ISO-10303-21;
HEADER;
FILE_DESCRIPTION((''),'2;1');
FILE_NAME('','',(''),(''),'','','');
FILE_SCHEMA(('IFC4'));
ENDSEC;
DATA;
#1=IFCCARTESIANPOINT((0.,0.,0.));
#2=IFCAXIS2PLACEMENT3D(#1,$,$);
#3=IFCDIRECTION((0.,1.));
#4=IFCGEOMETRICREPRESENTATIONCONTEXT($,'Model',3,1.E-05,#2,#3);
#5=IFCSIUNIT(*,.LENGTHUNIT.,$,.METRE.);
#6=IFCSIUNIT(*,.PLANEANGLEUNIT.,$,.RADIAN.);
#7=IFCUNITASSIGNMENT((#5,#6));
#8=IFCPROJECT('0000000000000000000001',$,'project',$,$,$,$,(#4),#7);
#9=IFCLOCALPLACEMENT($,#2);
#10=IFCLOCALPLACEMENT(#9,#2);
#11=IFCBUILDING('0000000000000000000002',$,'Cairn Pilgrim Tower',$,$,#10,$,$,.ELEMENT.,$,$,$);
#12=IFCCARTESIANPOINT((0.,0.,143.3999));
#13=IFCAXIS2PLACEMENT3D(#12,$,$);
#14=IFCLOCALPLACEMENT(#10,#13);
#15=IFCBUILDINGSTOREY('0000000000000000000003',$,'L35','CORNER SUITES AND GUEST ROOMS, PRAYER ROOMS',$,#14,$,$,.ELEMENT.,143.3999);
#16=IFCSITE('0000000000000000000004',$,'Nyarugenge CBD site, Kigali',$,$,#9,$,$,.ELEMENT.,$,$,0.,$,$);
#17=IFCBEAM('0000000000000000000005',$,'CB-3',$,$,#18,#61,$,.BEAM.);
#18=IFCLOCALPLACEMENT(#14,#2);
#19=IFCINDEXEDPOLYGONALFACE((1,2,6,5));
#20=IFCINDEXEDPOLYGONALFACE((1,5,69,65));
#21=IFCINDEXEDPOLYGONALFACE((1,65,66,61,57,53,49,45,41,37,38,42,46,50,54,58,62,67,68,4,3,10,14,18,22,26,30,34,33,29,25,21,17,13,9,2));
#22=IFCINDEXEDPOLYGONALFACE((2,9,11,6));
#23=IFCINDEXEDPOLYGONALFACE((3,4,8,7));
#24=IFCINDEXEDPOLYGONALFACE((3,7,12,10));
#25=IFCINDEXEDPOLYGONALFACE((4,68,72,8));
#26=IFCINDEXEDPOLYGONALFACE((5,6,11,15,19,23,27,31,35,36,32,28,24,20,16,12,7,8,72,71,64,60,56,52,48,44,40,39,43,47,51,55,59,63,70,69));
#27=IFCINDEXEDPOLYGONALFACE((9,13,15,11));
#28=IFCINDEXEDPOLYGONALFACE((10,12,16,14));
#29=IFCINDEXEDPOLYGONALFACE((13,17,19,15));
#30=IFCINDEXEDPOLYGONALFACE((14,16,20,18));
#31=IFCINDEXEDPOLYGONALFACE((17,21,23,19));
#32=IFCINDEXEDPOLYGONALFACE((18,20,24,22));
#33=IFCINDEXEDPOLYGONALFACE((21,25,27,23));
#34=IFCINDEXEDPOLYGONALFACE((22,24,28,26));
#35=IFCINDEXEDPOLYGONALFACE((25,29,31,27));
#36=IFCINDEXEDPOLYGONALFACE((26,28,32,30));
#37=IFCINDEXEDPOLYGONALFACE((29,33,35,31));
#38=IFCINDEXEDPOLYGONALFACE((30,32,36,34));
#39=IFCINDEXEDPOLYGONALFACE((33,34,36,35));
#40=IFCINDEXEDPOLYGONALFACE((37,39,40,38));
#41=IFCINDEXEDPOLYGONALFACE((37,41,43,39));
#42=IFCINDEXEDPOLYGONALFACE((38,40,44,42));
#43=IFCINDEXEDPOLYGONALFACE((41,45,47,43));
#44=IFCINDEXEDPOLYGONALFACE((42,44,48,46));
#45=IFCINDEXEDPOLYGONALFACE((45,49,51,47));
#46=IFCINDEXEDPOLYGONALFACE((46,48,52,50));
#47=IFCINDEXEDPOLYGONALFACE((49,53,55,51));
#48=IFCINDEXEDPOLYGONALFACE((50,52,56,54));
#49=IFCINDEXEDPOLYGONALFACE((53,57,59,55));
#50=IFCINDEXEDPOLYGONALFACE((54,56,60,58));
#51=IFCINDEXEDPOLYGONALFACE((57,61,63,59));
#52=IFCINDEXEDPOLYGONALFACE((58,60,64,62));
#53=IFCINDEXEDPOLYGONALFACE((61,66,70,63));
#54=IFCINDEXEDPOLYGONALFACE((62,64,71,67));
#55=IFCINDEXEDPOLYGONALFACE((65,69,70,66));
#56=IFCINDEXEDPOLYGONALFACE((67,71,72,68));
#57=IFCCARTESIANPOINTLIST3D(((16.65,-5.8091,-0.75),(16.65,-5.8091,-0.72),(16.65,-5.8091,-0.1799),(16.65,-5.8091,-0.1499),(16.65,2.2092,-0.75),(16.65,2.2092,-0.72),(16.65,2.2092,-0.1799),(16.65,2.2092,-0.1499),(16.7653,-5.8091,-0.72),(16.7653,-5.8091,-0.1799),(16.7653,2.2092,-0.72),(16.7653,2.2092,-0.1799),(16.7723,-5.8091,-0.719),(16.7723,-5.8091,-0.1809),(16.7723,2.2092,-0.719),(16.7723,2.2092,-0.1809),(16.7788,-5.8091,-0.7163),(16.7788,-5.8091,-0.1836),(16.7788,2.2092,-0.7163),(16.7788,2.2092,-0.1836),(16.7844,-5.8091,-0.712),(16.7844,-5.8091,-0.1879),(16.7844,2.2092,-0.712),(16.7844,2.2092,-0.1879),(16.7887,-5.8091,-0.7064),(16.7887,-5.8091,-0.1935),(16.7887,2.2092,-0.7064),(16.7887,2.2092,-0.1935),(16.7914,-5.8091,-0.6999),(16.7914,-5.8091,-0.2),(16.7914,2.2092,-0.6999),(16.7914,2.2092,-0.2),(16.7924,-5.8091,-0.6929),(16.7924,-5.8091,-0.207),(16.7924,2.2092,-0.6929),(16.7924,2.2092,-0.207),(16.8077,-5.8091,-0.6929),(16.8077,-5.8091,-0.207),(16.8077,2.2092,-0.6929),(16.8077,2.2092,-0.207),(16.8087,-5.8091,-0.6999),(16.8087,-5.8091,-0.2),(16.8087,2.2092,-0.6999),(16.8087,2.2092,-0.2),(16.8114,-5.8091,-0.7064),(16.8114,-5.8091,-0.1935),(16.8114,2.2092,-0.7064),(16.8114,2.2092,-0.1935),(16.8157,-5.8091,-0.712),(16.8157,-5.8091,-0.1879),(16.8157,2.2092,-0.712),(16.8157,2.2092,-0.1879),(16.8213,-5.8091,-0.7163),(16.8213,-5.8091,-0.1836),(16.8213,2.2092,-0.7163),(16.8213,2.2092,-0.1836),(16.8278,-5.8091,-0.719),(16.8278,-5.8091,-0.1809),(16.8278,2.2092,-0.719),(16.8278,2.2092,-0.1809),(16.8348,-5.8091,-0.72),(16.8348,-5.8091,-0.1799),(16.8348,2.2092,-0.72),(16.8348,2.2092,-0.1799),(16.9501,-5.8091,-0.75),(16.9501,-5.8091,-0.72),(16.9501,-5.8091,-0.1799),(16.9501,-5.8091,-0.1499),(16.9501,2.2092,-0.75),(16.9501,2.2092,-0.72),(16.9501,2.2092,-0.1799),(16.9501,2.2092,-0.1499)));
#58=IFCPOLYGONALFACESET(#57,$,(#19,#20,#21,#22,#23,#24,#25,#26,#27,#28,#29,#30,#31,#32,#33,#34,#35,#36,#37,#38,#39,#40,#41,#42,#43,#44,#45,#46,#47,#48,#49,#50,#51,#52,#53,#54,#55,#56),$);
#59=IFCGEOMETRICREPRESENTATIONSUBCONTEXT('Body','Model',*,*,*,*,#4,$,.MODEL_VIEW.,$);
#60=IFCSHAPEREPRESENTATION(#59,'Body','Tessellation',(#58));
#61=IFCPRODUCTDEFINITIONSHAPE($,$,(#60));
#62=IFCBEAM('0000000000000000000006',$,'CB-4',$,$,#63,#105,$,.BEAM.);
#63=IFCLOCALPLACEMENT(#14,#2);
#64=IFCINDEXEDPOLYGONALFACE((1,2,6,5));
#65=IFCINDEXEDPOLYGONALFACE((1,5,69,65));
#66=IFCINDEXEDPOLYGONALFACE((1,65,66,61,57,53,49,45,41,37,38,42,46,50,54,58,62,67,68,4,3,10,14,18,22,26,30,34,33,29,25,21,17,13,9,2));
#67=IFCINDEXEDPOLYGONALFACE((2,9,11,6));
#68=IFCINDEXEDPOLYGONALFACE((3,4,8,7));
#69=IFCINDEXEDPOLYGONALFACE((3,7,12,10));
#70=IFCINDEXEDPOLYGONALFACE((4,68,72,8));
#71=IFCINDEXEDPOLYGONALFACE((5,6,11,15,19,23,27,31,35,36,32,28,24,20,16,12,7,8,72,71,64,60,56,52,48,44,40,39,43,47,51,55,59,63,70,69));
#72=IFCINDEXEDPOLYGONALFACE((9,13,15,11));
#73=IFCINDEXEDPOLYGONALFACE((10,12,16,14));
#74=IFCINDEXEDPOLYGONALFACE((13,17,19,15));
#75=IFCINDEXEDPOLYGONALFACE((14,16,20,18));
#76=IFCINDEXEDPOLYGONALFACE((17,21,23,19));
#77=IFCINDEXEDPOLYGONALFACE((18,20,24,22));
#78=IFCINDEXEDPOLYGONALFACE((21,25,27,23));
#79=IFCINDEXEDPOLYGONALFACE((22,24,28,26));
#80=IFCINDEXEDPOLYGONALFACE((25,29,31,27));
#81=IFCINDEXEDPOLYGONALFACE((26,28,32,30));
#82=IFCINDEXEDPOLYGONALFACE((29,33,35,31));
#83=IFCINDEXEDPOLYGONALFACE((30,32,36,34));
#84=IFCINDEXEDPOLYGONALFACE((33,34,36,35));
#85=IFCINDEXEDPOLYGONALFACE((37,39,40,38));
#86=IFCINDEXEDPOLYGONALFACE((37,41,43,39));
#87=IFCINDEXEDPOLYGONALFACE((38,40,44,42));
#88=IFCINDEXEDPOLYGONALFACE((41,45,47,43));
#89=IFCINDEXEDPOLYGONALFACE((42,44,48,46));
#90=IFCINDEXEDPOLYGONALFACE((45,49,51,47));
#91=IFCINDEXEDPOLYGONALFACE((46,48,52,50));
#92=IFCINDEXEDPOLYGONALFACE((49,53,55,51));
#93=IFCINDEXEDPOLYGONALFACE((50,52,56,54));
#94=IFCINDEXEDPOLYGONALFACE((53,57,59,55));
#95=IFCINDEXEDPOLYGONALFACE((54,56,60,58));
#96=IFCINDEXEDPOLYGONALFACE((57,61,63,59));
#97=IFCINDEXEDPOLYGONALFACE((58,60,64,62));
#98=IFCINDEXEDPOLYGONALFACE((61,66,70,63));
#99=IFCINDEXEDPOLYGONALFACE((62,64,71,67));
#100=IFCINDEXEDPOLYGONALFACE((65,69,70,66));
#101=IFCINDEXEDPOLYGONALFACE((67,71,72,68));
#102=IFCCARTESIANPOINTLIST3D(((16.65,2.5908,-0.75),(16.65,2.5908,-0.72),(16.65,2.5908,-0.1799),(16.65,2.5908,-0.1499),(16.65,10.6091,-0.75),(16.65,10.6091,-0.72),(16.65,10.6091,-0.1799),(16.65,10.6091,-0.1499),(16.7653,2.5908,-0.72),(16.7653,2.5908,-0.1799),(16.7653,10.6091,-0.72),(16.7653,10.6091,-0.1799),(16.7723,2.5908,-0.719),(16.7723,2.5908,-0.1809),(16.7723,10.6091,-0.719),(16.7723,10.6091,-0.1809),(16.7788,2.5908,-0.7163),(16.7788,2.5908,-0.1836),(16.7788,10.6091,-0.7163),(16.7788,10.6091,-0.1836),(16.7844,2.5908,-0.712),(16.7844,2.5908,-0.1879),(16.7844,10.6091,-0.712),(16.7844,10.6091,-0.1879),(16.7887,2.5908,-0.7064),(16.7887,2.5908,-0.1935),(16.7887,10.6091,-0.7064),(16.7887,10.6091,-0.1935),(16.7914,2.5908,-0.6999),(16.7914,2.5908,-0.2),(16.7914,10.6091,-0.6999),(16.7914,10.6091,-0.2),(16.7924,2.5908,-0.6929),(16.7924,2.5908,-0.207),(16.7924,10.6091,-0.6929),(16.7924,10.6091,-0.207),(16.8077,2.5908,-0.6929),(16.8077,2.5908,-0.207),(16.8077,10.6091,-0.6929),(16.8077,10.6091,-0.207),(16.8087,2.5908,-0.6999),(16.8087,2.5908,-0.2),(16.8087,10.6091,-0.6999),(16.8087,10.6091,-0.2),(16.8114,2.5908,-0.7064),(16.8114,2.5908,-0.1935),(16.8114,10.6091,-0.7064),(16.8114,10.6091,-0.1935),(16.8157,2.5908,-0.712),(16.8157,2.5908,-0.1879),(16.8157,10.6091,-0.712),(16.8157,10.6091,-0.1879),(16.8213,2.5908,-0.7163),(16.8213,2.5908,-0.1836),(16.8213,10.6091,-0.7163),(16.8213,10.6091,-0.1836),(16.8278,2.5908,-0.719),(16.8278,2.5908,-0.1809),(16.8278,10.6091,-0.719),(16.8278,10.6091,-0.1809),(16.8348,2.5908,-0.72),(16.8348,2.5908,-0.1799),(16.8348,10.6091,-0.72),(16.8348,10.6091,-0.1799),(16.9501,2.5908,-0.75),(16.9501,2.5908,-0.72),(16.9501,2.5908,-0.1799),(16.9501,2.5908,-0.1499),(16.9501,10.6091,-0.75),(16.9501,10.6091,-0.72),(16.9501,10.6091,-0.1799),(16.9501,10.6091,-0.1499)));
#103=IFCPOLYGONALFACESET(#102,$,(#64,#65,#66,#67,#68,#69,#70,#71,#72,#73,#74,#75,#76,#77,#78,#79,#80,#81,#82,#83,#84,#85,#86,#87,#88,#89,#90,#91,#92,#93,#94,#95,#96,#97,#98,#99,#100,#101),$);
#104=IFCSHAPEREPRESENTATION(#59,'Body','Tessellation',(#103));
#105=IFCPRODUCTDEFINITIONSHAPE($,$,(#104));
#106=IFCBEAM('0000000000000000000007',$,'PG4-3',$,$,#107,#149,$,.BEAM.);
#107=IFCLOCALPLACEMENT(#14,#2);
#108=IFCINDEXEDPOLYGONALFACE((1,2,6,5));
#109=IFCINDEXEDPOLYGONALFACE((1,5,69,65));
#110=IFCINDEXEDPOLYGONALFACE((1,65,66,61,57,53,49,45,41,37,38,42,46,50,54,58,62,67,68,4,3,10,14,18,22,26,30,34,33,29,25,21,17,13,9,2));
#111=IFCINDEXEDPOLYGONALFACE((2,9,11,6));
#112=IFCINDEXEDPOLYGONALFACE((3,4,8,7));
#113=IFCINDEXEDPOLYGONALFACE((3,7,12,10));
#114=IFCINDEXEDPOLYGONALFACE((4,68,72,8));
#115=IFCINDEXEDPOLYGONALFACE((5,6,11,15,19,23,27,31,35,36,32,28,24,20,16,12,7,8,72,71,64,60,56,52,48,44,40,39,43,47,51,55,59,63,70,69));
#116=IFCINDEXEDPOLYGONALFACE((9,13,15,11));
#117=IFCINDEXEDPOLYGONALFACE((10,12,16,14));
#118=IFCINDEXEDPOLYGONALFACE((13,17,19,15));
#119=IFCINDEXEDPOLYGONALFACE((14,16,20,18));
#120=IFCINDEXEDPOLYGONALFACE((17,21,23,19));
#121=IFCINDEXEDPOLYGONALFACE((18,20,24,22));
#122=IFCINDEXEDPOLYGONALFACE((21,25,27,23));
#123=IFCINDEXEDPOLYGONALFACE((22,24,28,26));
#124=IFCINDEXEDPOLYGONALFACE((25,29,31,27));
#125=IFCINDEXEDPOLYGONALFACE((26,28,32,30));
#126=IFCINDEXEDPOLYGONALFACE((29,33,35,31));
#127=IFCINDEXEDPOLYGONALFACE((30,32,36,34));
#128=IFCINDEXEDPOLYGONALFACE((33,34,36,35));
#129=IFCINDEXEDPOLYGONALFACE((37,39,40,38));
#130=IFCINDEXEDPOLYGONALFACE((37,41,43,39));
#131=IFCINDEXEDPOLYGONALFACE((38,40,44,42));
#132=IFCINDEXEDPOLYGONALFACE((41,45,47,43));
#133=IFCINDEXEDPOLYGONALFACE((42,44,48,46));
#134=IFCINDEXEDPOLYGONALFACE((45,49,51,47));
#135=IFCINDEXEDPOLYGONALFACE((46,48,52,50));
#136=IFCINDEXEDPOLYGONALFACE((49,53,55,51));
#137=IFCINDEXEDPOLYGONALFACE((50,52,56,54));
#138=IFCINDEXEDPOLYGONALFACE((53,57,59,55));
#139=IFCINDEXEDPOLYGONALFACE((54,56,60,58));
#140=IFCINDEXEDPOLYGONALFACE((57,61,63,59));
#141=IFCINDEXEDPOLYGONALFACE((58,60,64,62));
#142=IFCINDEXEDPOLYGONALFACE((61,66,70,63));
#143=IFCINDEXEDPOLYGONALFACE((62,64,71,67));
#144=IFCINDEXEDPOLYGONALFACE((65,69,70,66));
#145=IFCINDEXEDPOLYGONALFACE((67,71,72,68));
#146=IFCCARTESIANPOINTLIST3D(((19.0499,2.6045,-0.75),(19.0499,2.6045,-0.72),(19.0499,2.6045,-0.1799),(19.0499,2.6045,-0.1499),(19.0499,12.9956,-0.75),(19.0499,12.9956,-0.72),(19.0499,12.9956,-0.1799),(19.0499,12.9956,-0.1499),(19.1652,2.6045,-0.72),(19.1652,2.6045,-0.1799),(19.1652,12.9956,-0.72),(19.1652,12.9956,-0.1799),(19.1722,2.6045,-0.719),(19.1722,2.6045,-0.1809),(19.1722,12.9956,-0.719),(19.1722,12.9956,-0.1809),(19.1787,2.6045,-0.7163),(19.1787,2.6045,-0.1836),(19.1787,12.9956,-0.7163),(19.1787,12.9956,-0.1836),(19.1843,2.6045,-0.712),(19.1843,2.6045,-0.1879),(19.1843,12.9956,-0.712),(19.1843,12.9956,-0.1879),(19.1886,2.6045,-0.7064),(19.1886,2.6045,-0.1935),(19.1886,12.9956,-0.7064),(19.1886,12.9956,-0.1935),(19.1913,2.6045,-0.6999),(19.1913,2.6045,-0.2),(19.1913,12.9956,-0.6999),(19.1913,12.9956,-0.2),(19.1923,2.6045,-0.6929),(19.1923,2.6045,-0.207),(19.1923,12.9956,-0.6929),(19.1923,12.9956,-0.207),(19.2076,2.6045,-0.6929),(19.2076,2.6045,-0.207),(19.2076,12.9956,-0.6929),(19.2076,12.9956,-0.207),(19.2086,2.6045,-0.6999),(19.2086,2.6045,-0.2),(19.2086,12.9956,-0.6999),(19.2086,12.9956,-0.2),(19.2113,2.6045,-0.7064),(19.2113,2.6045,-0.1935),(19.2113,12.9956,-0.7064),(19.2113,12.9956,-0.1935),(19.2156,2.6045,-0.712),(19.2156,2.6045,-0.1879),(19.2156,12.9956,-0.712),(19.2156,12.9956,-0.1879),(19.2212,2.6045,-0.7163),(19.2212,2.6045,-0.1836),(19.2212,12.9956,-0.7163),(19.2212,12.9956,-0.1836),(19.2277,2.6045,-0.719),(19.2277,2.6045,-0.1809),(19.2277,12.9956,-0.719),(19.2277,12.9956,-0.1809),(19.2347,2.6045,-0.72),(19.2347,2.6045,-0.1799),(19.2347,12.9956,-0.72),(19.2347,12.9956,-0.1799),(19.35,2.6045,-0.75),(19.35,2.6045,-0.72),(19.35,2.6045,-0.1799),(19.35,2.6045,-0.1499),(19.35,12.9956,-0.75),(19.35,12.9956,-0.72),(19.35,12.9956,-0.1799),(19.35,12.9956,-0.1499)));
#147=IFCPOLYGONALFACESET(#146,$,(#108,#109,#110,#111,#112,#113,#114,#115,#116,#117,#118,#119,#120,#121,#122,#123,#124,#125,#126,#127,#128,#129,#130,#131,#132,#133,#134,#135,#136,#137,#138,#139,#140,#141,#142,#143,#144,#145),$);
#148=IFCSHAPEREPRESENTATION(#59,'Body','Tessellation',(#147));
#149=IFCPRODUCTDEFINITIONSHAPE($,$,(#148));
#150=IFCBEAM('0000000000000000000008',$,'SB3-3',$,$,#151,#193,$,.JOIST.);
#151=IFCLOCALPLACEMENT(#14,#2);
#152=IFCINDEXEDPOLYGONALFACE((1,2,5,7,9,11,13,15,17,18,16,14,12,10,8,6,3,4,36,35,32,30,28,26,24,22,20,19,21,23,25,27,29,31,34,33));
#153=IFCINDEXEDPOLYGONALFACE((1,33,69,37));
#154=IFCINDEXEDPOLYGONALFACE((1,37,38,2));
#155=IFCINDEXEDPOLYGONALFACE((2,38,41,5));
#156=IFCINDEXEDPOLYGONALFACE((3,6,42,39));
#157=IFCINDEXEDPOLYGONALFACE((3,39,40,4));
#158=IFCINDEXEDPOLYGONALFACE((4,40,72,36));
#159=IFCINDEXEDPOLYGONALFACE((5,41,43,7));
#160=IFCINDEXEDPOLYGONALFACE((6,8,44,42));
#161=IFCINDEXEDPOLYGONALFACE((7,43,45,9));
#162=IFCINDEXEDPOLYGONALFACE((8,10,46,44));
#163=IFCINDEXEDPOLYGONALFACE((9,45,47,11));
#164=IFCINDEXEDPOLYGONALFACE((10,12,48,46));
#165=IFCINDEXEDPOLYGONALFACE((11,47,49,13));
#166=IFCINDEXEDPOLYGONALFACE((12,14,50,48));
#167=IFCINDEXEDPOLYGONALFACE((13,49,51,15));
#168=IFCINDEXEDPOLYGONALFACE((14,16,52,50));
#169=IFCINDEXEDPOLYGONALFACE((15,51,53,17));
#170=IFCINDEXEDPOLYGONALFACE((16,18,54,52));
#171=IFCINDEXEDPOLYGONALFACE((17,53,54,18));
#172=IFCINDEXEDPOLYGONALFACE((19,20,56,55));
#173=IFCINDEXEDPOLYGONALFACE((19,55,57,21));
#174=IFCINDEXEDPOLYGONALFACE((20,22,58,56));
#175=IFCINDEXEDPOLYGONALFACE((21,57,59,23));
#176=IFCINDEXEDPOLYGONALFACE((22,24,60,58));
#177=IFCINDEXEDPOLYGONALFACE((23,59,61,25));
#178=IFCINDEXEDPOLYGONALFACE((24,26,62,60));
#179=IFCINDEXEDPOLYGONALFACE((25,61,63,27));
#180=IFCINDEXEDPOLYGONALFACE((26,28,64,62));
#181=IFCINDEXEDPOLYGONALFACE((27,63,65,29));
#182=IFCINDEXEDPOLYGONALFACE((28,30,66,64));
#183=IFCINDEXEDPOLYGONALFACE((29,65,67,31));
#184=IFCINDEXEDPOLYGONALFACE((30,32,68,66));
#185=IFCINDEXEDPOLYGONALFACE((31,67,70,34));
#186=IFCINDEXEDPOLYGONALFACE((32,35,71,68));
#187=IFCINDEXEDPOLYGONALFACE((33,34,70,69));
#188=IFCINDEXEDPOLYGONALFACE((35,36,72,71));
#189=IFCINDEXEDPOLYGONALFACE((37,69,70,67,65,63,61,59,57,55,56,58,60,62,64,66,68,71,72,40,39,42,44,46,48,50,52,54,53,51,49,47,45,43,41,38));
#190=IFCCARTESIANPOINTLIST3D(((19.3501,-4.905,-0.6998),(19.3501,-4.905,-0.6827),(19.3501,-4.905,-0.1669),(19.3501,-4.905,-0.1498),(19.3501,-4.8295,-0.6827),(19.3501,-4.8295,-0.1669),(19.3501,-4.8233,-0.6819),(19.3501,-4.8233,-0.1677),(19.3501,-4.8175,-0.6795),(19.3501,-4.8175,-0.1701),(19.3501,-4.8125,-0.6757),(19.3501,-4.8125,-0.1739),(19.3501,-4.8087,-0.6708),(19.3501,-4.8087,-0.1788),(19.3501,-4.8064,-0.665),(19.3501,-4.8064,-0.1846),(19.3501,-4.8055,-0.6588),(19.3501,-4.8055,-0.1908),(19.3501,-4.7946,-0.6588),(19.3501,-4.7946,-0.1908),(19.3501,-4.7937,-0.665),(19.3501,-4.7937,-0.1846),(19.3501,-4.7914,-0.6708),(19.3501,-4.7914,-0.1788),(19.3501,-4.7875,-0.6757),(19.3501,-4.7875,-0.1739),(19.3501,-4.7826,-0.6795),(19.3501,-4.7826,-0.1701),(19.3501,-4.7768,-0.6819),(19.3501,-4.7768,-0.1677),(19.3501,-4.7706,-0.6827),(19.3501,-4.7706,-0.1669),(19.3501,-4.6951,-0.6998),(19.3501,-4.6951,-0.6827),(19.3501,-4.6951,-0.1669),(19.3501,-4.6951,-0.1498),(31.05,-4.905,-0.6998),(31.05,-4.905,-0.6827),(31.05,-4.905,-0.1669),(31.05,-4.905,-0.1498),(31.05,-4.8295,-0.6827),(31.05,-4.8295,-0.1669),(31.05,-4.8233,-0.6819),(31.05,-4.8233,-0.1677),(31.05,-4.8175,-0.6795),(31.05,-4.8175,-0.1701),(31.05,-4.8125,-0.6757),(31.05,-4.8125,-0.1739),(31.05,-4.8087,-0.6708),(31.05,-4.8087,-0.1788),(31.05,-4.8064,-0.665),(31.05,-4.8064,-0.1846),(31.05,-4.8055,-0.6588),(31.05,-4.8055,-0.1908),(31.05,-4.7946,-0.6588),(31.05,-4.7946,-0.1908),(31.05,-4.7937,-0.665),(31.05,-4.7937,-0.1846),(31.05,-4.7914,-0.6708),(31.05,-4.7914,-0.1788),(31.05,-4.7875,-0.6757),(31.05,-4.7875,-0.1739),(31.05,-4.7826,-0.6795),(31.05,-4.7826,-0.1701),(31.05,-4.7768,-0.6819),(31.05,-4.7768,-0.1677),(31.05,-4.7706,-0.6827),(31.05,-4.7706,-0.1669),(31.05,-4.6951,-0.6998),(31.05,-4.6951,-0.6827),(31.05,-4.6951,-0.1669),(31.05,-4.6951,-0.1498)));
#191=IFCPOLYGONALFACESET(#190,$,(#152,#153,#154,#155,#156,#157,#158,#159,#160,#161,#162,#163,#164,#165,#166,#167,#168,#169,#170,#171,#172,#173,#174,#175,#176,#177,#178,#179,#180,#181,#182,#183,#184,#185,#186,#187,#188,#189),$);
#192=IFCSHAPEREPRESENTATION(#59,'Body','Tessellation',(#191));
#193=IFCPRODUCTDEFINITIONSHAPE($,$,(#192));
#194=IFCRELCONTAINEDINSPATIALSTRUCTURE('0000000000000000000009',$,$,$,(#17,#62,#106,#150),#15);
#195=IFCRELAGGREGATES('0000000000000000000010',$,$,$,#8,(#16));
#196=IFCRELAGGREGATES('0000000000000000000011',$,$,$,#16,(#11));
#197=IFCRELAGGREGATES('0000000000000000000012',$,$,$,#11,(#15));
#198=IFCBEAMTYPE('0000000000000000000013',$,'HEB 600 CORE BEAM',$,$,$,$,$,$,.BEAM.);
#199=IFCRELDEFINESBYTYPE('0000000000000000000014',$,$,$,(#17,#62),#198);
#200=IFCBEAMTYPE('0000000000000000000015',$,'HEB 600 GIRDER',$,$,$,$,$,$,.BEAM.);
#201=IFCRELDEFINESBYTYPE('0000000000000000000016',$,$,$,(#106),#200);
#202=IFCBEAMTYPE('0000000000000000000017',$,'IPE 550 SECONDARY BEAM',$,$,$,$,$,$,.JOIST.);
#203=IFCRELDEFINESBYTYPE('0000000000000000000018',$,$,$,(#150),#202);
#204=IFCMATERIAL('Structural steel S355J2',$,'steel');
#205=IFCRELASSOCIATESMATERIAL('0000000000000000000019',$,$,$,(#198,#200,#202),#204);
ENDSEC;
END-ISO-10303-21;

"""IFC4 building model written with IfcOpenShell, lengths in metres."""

from ifc_helpers import new_model, si_unit, direction, frame, origin, origin_2d, place, context, subcontext, project, spatial, i_section, extrude, material, material_profile, profile_set, type_object, element, save


model = new_model("IFC4")

# Units and contexts
model_context = context("Model", 3, precision=1e-05, world=origin(), true_north=direction((0.0, 1.0)))
body_context = subcontext(model_context, "Body", "Model", "MODEL_VIEW")
ifc_project = project(units=[si_unit("LENGTHUNIT", "METRE"), si_unit("PLANEANGLEUNIT", "RADIAN")], contexts=[model_context])

# Site, building, storey
site_placement = place(None, origin())
site = spatial("IfcSite", under=ifc_project, at=site_placement, Name="Nyarugenge CBD site, Kigali", CompositionType="ELEMENT", RefElevation=0.0)
building_placement = place(site_placement, origin())
building = spatial("IfcBuilding", under=site, at=building_placement, Name="Cairn Pilgrim Tower", CompositionType="ELEMENT")
storey_placement = place(building_placement, frame((0.0, 0.0, 143.3999)))
storey = spatial("IfcBuildingStorey", under=building, at=storey_placement, Name="L35", Description="CORNER SUITES AND GUEST ROOMS, PRAYER ROOMS", CompositionType="ELEMENT", Elevation=143.3999)

# Beams
ifc_material_1 = material(Name="Structural steel S355J2", Category="steel")
ifc_material_profile_1 = material_profile(ifc_material_1, i_section(OverallWidth=0.3, OverallDepth=0.6001, WebThickness=0.0154, FlangeThickness=0.03, FilletRadius=0.0271, at=origin_2d()), Name="HEB 600")
ifc_profile_set_1 = profile_set([ifc_material_profile_1], Name="Structural steel S355J2")
beam_type_1 = type_object("IfcBeamType", Name="HEB 600 CORE BEAM", PredefinedType="BEAM", material=ifc_profile_set_1)
for number, where, z_axis, x_axis, name in (
    (1, (16.8, -5.8091, -0.45), (0.0, 1.0, 0.0), (-1.0, 0.0, 0.0), "CB-3"),
    (2, (16.8, 2.5908, -0.45), (0.0, 1.0, 0.0), (-1.0, 0.0, 0.0), "CB-4"),
):
    element("IfcBeam", number, at=place(storey_placement, frame(where, z_axis=z_axis, x_axis=x_axis)), inside=storey, type_object=beam_type_1, Name=name, PredefinedType="BEAM", context=body_context, shape_type="SweptSolid", body=[
        extrude(i_section(OverallWidth=0.3, OverallDepth=0.6001, WebThickness=0.0154, FlangeThickness=0.03, FilletRadius=0.0271, at=origin_2d()), origin(), (0.0, 0.0, 1.0), 8.0183),
    ])
ifc_material_profile_2 = material_profile(ifc_material_1, i_section(OverallWidth=0.3, OverallDepth=0.6001, WebThickness=0.0154, FlangeThickness=0.03, FilletRadius=0.0271, at=origin_2d()), Name="HEB 600")
ifc_profile_set_2 = profile_set([ifc_material_profile_2], Name="Structural steel S355J2")
beam_type_2 = type_object("IfcBeamType", Name="HEB 600 GIRDER", PredefinedType="BEAM", material=ifc_profile_set_2)
beam_1_placement = place(storey_placement, frame((19.2, 2.6045, -0.45), z_axis=(0.0, 1.0, 0.0), x_axis=(-1.0, 0.0, 0.0)))
element("IfcBeam", 3, at=beam_1_placement, inside=storey, type_object=beam_type_2, Name="PG4-3", PredefinedType="BEAM", context=body_context, shape_type="SweptSolid", body=[
    extrude(i_section(OverallWidth=0.3, OverallDepth=0.6001, WebThickness=0.0154, FlangeThickness=0.03, FilletRadius=0.0271, at=origin_2d()), origin(), (0.0, 0.0, 1.0), 10.3911),
])
ifc_material_profile_3 = material_profile(ifc_material_1, i_section(OverallWidth=0.21, OverallDepth=0.55, WebThickness=0.011, FlangeThickness=0.0171, FilletRadius=0.0239, at=origin_2d()), Name="IPE 550")
ifc_profile_set_3 = profile_set([ifc_material_profile_3], Name="Structural steel S355J2")
beam_type_3 = type_object("IfcBeamType", Name="IPE 550 SECONDARY BEAM", PredefinedType="JOIST", material=ifc_profile_set_3)
beam_2_placement = place(storey_placement, frame((19.3501, -4.8, -0.4248), z_axis=(1.0, 0.0, 0.0), x_axis=(0.0, 1.0, 0.0)))
element("IfcBeam", 4, at=beam_2_placement, inside=storey, type_object=beam_type_3, Name="SB3-3", PredefinedType="JOIST", context=body_context, shape_type="SweptSolid", body=[
    extrude(i_section(OverallWidth=0.21, OverallDepth=0.55, WebThickness=0.011, FlangeThickness=0.0171, FilletRadius=0.0239, at=origin_2d()), origin(), (0.0, 0.0, 1.0), 11.7),
])

save(model, "model.ifc")
